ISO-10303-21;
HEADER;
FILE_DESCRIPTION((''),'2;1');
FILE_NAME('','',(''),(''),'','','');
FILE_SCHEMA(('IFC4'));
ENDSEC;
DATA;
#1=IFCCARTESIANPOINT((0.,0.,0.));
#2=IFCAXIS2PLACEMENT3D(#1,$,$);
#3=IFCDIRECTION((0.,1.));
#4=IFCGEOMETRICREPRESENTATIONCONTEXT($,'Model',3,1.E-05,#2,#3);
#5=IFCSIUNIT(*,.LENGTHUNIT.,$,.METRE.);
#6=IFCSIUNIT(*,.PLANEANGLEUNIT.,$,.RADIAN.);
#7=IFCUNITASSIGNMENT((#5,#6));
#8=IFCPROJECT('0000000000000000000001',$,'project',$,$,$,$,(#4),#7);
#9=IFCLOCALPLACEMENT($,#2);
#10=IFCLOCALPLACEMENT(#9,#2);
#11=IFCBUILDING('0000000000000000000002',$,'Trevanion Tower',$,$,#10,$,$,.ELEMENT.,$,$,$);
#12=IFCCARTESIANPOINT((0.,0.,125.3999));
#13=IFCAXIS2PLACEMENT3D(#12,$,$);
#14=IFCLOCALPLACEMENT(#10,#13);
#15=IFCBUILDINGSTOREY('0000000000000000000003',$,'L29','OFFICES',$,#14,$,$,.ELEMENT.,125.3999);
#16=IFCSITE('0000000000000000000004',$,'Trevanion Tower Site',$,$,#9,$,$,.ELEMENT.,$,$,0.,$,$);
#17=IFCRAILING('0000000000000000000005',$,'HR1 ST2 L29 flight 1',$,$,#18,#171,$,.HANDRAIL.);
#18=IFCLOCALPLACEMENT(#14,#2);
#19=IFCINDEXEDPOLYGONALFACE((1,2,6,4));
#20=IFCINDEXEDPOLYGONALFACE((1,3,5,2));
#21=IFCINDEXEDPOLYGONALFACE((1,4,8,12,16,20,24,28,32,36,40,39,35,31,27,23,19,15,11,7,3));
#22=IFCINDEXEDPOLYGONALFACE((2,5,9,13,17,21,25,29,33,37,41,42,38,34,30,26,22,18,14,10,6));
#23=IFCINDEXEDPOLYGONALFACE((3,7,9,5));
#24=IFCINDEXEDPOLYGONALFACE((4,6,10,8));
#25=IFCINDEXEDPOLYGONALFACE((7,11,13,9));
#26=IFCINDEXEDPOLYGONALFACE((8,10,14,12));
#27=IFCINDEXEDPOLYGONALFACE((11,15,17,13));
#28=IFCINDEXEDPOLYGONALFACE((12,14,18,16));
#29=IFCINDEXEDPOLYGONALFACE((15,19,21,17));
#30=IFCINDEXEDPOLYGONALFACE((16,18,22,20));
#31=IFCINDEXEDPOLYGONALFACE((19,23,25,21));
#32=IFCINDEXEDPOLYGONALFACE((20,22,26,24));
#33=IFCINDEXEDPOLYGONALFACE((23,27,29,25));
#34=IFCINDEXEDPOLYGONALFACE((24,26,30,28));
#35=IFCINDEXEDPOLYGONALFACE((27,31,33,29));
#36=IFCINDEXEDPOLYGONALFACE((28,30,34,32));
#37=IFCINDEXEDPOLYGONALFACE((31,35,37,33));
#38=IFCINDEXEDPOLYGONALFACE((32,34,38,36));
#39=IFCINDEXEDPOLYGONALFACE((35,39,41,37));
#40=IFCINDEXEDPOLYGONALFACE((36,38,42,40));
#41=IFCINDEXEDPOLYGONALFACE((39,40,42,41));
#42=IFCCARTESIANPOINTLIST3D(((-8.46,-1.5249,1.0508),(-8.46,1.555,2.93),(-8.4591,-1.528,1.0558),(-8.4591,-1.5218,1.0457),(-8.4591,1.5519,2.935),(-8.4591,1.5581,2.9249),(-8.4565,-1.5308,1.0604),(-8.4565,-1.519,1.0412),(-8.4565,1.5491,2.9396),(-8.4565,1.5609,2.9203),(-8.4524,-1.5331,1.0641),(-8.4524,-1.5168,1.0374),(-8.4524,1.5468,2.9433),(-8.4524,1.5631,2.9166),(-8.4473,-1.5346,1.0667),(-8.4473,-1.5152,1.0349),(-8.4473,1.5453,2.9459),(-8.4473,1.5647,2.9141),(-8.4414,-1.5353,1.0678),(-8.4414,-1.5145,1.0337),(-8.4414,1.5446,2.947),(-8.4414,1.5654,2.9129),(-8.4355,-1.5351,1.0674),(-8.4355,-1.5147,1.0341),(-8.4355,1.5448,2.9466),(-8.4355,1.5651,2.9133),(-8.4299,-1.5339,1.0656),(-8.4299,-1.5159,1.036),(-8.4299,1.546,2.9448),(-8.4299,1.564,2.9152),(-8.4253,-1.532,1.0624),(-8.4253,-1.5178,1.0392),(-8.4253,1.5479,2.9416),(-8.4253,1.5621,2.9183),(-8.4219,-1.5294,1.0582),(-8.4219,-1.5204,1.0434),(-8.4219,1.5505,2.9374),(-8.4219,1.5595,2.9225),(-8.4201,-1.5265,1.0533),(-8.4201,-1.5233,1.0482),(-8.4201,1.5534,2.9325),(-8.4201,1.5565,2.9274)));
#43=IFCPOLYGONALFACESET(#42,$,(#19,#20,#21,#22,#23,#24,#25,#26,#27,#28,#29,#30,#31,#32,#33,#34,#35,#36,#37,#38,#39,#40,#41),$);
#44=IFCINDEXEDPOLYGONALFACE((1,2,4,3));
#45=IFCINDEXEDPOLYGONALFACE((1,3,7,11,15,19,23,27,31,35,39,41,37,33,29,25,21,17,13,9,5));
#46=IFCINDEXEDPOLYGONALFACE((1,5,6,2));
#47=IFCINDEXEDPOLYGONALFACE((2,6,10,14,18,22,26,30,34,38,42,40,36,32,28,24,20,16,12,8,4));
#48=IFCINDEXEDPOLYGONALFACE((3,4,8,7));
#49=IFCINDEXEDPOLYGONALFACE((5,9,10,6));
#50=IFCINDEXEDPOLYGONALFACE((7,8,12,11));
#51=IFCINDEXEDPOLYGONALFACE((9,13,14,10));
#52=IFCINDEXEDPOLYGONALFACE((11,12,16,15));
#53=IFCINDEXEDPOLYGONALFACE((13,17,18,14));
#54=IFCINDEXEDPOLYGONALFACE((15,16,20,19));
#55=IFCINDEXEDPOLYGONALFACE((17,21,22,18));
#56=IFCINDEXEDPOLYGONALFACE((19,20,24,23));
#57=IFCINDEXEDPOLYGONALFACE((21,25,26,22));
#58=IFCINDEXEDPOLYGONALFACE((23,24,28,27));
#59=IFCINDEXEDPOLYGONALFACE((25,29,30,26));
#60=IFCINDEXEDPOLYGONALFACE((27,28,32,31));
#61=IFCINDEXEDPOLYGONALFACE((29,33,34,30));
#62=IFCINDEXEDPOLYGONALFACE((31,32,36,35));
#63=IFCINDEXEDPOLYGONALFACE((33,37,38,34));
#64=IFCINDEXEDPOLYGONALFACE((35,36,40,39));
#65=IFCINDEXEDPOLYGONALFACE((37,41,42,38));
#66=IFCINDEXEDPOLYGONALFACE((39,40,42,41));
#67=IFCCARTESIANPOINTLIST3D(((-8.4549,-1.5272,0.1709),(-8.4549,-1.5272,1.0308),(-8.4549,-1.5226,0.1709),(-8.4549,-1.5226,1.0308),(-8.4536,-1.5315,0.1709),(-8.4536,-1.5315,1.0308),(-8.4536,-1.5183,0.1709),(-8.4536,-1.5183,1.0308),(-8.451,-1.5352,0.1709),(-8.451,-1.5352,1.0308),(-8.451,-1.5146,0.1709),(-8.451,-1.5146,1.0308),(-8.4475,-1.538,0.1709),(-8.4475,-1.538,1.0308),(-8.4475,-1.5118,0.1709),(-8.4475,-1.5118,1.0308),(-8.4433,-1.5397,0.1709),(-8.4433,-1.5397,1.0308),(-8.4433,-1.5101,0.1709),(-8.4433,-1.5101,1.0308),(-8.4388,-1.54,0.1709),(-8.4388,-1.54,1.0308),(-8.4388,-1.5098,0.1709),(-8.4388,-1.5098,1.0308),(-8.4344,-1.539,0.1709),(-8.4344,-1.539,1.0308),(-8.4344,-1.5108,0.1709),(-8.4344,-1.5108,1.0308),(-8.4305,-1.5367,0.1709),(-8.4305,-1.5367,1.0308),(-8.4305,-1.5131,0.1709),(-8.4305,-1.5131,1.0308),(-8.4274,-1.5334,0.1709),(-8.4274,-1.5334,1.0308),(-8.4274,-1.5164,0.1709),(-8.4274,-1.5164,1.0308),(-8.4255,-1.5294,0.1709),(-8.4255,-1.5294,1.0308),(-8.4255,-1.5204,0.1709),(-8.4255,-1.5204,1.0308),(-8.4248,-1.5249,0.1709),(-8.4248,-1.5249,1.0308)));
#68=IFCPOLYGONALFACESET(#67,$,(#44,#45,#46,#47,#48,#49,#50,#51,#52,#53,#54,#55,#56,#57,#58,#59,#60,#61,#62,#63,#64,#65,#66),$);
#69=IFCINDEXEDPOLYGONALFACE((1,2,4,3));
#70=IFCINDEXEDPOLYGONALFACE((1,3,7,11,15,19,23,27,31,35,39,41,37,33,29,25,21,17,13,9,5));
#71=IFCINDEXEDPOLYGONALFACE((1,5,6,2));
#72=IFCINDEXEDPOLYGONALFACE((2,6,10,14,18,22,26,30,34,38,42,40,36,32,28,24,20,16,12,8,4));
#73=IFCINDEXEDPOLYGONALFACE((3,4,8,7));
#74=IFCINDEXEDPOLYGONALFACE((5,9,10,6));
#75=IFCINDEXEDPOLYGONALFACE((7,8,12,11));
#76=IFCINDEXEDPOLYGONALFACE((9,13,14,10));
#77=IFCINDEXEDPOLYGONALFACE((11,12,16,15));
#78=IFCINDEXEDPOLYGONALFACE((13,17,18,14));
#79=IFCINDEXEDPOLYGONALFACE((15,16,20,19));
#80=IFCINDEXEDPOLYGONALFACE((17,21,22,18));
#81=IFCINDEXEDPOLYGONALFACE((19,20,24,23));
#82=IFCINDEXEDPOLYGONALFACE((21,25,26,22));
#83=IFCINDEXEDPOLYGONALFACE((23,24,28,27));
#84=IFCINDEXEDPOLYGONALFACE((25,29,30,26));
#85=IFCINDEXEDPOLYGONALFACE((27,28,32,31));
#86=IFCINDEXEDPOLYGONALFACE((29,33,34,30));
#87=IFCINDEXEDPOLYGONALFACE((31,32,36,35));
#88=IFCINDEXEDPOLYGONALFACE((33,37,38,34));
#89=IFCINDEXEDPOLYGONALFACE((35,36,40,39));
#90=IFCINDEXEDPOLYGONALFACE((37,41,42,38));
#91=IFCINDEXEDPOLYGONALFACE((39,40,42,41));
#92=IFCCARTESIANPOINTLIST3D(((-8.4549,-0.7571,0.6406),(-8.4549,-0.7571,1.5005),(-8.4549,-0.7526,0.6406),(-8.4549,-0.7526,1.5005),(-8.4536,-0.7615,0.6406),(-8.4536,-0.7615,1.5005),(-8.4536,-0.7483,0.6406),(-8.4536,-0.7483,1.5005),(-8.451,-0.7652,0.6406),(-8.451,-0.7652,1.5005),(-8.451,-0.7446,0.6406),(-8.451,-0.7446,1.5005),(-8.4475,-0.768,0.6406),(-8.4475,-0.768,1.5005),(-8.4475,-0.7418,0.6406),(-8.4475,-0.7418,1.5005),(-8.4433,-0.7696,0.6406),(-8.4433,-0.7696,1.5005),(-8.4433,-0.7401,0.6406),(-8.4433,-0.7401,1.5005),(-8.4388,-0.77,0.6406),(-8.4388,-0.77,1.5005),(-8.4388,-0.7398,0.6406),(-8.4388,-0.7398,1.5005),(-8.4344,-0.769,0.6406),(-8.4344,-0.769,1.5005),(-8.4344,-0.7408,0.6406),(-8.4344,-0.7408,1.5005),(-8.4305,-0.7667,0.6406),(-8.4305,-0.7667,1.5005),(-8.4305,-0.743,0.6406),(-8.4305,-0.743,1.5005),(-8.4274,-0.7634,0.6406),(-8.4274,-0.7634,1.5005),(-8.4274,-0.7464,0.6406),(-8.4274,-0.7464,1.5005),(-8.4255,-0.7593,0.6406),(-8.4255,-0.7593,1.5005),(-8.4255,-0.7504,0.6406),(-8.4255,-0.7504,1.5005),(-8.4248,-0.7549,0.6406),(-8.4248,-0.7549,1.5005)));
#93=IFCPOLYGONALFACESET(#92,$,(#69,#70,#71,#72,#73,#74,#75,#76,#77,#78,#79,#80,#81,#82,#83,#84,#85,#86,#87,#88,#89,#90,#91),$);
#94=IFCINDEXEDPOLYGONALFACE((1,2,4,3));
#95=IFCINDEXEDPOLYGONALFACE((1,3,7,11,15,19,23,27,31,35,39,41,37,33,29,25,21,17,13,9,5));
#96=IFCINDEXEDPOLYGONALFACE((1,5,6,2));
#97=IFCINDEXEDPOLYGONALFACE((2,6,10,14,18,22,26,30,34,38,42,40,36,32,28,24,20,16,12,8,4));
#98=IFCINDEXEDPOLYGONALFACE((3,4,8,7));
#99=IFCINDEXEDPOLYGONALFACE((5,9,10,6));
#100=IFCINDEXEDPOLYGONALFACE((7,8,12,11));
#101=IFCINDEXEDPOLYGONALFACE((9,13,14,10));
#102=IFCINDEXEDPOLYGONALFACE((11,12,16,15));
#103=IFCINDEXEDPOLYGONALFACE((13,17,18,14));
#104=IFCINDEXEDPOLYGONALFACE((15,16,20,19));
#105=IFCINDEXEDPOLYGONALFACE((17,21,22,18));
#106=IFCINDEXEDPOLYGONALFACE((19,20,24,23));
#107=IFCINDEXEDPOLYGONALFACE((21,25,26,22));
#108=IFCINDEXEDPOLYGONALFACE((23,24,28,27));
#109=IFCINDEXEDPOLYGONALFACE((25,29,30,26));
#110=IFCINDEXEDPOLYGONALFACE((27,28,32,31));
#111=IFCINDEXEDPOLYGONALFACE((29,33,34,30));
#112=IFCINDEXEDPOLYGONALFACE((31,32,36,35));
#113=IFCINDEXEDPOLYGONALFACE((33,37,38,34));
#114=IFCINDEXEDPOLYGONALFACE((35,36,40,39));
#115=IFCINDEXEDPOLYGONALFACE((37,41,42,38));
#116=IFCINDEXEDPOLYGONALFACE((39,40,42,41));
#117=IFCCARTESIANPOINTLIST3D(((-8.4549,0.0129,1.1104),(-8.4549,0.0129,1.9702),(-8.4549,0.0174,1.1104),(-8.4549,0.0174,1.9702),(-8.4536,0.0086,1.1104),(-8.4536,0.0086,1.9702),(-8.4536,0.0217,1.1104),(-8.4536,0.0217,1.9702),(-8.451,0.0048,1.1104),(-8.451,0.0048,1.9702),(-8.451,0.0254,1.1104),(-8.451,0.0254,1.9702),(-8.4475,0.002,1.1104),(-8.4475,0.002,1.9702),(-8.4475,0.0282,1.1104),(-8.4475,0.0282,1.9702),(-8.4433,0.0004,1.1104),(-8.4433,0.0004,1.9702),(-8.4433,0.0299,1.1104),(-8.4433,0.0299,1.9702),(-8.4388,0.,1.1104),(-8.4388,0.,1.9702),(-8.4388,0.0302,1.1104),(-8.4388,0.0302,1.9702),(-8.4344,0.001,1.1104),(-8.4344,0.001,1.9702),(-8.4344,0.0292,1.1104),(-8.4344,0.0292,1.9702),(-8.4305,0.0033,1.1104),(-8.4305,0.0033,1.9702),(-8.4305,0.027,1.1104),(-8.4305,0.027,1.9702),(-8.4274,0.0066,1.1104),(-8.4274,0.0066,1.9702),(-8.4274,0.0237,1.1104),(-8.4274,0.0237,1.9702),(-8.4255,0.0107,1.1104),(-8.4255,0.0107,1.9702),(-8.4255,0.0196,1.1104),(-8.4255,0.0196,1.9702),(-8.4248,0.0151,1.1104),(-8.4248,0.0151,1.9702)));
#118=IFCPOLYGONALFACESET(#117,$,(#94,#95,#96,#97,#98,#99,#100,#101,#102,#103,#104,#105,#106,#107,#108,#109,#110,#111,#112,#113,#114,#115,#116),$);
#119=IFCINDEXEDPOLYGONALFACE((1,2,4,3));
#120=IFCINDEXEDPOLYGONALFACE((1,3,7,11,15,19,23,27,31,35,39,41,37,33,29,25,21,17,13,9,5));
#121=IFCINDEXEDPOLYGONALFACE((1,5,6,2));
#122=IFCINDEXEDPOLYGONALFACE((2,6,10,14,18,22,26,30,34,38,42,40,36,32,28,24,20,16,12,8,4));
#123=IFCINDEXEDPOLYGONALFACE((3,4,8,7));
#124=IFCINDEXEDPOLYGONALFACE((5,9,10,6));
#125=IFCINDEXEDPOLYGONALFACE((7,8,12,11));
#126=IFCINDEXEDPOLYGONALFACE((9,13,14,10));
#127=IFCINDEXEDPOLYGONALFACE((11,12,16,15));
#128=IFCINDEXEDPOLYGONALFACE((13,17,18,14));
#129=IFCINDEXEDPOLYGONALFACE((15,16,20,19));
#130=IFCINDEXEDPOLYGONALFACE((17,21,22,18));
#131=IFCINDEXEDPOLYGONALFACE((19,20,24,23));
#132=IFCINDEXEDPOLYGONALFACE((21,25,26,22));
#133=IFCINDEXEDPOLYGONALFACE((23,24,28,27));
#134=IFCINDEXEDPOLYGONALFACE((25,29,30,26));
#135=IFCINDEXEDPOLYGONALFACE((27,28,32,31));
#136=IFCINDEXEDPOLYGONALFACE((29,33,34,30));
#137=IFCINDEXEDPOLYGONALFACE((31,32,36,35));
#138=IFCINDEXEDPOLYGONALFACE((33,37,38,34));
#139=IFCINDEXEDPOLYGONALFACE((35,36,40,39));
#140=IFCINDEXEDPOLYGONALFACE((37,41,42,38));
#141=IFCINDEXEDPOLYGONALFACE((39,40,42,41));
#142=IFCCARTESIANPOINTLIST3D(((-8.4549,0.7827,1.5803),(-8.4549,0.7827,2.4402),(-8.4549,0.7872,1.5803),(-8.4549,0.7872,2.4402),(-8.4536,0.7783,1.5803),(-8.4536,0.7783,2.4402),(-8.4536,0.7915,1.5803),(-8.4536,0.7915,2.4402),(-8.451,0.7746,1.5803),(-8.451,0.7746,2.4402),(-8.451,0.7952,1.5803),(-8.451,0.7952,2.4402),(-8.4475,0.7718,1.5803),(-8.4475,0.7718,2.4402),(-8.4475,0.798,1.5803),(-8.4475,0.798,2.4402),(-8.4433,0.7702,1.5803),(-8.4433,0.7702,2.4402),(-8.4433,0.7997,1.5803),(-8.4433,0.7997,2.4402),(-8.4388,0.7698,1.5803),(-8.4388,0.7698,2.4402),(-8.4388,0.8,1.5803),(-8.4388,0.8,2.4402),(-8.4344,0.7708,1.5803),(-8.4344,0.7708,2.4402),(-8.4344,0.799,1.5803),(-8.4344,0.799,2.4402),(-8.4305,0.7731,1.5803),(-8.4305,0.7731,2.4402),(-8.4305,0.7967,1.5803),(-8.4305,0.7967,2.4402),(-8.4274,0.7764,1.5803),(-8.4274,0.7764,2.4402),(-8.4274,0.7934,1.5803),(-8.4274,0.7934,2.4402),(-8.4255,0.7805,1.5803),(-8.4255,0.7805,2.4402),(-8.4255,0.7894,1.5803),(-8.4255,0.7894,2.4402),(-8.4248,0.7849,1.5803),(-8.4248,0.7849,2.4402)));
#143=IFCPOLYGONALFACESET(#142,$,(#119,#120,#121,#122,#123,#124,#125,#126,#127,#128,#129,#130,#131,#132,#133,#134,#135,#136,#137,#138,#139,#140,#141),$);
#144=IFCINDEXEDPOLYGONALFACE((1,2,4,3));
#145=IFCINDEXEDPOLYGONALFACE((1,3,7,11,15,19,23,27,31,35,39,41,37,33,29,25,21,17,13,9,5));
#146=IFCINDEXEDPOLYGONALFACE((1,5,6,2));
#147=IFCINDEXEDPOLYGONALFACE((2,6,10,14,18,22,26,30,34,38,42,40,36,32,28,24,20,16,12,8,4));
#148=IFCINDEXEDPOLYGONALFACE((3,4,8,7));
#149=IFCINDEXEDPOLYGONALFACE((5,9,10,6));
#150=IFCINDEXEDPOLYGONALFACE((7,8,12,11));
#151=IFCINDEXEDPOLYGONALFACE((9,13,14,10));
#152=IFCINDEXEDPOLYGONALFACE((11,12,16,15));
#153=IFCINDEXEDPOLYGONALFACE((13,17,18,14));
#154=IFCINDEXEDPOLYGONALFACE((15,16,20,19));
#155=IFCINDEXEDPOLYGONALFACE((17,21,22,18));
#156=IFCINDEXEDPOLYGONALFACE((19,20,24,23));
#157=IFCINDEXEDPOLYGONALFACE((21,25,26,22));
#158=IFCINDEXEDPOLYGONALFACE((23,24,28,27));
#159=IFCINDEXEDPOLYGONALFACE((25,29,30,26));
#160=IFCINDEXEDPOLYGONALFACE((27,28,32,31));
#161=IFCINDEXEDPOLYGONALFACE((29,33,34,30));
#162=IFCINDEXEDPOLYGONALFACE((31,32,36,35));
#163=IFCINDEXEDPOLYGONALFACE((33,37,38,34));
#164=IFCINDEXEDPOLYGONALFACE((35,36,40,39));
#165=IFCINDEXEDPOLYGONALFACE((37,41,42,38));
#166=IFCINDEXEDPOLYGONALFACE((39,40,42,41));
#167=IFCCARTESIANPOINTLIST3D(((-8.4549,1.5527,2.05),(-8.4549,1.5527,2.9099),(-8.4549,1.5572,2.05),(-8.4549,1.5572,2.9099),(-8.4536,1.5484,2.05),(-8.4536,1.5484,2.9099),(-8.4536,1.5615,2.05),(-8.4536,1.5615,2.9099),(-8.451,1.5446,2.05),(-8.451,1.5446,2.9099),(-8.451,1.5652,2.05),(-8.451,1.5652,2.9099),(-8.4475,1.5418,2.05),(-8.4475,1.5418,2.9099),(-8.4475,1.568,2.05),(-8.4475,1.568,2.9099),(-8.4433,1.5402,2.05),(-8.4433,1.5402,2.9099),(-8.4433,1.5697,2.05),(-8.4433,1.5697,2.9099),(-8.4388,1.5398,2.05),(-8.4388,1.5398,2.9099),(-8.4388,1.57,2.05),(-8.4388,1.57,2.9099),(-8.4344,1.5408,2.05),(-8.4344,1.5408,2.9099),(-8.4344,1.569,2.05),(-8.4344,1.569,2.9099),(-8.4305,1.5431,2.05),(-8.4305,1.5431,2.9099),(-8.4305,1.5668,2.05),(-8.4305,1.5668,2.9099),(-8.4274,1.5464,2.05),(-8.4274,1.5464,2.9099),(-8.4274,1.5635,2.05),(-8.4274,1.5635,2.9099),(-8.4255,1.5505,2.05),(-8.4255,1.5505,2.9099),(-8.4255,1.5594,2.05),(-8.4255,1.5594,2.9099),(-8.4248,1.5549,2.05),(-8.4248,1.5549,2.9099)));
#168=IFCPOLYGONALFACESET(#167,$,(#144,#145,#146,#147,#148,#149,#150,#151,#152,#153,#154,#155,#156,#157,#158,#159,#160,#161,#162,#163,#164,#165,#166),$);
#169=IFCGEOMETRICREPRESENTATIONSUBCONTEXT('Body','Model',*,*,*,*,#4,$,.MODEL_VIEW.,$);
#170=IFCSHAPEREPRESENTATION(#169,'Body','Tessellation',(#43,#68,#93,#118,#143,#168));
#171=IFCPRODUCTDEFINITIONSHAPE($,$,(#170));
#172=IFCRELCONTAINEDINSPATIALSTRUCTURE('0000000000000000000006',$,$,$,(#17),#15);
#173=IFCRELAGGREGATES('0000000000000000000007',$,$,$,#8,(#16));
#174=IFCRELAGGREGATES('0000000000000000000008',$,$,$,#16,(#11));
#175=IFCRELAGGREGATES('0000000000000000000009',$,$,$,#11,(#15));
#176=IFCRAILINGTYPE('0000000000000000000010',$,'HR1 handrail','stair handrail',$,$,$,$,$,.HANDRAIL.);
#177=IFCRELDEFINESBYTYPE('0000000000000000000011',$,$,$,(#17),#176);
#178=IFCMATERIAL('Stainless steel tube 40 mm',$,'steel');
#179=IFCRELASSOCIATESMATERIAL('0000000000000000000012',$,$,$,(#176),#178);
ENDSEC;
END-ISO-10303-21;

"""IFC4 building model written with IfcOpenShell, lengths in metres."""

from ifc_helpers import new_model, si_unit, direction, frame, origin, origin_2d, place, context, subcontext, project, spatial, circle, extrude, material, type_object, element, save


model = new_model("IFC4")

# Units and contexts
model_context = context("Model", 3, precision=1e-05, world=origin(), true_north=direction((0.0, 1.0)))
body_context = subcontext(model_context, "Body", "Model", "MODEL_VIEW")
ifc_project = project(units=[si_unit("LENGTHUNIT", "METRE"), si_unit("PLANEANGLEUNIT", "RADIAN")], contexts=[model_context])

# Site, building, storey
site_placement = place(None, origin())
site = spatial("IfcSite", under=ifc_project, at=site_placement, Name="Trevanion Tower Site", CompositionType="ELEMENT", RefElevation=0.0)
building_placement = place(site_placement, origin())
building = spatial("IfcBuilding", under=site, at=building_placement, Name="Trevanion Tower", CompositionType="ELEMENT")
storey_placement = place(building_placement, frame((0.0, 0.0, 125.3999)))
storey = spatial("IfcBuildingStorey", under=building, at=storey_placement, Name="L29", Description="OFFICES", CompositionType="ELEMENT", Elevation=125.3999)

# Railing
ifc_material_1 = material(Name="Stainless steel tube 40 mm", Category="steel")
railing_type = type_object("IfcRailingType", Name="HR1 handrail", Description="stair handrail", PredefinedType="HANDRAIL", material=ifc_material_1)
for number, where, name in (
    (1, (-8.4399, -1.5249, 0.1709), "HR1 ST2 L29 flight 1"),
):
    element("IfcRailing", number, at=place(storey_placement, frame(where)), inside=storey, type_object=railing_type, Name=name, PredefinedType="HANDRAIL", context=body_context, shape_type="SweptSolid", body=[
        extrude(circle(Radius=0.02, at=origin_2d()), frame((0.0, 0.0, 0.8799), z_axis=(0.0, 0.853648, 0.52085), x_axis=(-1.0, 0.0, 0.0)), (0.0, 0.0, 1.0), 3.6079),
        extrude(circle(Radius=0.0151, at=origin_2d()), origin(), (0.0, 0.0, 1.0), 0.8599),
        extrude(circle(Radius=0.0151, at=origin_2d()), frame((0.0, 0.77, 0.4697)), (0.0, 0.0, 1.0), 0.8599),
        extrude(circle(Radius=0.0151, at=origin_2d()), frame((0.0, 1.54, 0.9395)), (0.0, 0.0, 1.0), 0.8599),
        extrude(circle(Radius=0.0151, at=origin_2d()), frame((0.0, 2.3098, 1.4094)), (0.0, 0.0, 1.0), 0.8599),
        extrude(circle(Radius=0.0151, at=origin_2d()), frame((0.0, 3.0798, 1.8792)), (0.0, 0.0, 1.0), 0.8599),
    ])

save(model, "model.ifc")
